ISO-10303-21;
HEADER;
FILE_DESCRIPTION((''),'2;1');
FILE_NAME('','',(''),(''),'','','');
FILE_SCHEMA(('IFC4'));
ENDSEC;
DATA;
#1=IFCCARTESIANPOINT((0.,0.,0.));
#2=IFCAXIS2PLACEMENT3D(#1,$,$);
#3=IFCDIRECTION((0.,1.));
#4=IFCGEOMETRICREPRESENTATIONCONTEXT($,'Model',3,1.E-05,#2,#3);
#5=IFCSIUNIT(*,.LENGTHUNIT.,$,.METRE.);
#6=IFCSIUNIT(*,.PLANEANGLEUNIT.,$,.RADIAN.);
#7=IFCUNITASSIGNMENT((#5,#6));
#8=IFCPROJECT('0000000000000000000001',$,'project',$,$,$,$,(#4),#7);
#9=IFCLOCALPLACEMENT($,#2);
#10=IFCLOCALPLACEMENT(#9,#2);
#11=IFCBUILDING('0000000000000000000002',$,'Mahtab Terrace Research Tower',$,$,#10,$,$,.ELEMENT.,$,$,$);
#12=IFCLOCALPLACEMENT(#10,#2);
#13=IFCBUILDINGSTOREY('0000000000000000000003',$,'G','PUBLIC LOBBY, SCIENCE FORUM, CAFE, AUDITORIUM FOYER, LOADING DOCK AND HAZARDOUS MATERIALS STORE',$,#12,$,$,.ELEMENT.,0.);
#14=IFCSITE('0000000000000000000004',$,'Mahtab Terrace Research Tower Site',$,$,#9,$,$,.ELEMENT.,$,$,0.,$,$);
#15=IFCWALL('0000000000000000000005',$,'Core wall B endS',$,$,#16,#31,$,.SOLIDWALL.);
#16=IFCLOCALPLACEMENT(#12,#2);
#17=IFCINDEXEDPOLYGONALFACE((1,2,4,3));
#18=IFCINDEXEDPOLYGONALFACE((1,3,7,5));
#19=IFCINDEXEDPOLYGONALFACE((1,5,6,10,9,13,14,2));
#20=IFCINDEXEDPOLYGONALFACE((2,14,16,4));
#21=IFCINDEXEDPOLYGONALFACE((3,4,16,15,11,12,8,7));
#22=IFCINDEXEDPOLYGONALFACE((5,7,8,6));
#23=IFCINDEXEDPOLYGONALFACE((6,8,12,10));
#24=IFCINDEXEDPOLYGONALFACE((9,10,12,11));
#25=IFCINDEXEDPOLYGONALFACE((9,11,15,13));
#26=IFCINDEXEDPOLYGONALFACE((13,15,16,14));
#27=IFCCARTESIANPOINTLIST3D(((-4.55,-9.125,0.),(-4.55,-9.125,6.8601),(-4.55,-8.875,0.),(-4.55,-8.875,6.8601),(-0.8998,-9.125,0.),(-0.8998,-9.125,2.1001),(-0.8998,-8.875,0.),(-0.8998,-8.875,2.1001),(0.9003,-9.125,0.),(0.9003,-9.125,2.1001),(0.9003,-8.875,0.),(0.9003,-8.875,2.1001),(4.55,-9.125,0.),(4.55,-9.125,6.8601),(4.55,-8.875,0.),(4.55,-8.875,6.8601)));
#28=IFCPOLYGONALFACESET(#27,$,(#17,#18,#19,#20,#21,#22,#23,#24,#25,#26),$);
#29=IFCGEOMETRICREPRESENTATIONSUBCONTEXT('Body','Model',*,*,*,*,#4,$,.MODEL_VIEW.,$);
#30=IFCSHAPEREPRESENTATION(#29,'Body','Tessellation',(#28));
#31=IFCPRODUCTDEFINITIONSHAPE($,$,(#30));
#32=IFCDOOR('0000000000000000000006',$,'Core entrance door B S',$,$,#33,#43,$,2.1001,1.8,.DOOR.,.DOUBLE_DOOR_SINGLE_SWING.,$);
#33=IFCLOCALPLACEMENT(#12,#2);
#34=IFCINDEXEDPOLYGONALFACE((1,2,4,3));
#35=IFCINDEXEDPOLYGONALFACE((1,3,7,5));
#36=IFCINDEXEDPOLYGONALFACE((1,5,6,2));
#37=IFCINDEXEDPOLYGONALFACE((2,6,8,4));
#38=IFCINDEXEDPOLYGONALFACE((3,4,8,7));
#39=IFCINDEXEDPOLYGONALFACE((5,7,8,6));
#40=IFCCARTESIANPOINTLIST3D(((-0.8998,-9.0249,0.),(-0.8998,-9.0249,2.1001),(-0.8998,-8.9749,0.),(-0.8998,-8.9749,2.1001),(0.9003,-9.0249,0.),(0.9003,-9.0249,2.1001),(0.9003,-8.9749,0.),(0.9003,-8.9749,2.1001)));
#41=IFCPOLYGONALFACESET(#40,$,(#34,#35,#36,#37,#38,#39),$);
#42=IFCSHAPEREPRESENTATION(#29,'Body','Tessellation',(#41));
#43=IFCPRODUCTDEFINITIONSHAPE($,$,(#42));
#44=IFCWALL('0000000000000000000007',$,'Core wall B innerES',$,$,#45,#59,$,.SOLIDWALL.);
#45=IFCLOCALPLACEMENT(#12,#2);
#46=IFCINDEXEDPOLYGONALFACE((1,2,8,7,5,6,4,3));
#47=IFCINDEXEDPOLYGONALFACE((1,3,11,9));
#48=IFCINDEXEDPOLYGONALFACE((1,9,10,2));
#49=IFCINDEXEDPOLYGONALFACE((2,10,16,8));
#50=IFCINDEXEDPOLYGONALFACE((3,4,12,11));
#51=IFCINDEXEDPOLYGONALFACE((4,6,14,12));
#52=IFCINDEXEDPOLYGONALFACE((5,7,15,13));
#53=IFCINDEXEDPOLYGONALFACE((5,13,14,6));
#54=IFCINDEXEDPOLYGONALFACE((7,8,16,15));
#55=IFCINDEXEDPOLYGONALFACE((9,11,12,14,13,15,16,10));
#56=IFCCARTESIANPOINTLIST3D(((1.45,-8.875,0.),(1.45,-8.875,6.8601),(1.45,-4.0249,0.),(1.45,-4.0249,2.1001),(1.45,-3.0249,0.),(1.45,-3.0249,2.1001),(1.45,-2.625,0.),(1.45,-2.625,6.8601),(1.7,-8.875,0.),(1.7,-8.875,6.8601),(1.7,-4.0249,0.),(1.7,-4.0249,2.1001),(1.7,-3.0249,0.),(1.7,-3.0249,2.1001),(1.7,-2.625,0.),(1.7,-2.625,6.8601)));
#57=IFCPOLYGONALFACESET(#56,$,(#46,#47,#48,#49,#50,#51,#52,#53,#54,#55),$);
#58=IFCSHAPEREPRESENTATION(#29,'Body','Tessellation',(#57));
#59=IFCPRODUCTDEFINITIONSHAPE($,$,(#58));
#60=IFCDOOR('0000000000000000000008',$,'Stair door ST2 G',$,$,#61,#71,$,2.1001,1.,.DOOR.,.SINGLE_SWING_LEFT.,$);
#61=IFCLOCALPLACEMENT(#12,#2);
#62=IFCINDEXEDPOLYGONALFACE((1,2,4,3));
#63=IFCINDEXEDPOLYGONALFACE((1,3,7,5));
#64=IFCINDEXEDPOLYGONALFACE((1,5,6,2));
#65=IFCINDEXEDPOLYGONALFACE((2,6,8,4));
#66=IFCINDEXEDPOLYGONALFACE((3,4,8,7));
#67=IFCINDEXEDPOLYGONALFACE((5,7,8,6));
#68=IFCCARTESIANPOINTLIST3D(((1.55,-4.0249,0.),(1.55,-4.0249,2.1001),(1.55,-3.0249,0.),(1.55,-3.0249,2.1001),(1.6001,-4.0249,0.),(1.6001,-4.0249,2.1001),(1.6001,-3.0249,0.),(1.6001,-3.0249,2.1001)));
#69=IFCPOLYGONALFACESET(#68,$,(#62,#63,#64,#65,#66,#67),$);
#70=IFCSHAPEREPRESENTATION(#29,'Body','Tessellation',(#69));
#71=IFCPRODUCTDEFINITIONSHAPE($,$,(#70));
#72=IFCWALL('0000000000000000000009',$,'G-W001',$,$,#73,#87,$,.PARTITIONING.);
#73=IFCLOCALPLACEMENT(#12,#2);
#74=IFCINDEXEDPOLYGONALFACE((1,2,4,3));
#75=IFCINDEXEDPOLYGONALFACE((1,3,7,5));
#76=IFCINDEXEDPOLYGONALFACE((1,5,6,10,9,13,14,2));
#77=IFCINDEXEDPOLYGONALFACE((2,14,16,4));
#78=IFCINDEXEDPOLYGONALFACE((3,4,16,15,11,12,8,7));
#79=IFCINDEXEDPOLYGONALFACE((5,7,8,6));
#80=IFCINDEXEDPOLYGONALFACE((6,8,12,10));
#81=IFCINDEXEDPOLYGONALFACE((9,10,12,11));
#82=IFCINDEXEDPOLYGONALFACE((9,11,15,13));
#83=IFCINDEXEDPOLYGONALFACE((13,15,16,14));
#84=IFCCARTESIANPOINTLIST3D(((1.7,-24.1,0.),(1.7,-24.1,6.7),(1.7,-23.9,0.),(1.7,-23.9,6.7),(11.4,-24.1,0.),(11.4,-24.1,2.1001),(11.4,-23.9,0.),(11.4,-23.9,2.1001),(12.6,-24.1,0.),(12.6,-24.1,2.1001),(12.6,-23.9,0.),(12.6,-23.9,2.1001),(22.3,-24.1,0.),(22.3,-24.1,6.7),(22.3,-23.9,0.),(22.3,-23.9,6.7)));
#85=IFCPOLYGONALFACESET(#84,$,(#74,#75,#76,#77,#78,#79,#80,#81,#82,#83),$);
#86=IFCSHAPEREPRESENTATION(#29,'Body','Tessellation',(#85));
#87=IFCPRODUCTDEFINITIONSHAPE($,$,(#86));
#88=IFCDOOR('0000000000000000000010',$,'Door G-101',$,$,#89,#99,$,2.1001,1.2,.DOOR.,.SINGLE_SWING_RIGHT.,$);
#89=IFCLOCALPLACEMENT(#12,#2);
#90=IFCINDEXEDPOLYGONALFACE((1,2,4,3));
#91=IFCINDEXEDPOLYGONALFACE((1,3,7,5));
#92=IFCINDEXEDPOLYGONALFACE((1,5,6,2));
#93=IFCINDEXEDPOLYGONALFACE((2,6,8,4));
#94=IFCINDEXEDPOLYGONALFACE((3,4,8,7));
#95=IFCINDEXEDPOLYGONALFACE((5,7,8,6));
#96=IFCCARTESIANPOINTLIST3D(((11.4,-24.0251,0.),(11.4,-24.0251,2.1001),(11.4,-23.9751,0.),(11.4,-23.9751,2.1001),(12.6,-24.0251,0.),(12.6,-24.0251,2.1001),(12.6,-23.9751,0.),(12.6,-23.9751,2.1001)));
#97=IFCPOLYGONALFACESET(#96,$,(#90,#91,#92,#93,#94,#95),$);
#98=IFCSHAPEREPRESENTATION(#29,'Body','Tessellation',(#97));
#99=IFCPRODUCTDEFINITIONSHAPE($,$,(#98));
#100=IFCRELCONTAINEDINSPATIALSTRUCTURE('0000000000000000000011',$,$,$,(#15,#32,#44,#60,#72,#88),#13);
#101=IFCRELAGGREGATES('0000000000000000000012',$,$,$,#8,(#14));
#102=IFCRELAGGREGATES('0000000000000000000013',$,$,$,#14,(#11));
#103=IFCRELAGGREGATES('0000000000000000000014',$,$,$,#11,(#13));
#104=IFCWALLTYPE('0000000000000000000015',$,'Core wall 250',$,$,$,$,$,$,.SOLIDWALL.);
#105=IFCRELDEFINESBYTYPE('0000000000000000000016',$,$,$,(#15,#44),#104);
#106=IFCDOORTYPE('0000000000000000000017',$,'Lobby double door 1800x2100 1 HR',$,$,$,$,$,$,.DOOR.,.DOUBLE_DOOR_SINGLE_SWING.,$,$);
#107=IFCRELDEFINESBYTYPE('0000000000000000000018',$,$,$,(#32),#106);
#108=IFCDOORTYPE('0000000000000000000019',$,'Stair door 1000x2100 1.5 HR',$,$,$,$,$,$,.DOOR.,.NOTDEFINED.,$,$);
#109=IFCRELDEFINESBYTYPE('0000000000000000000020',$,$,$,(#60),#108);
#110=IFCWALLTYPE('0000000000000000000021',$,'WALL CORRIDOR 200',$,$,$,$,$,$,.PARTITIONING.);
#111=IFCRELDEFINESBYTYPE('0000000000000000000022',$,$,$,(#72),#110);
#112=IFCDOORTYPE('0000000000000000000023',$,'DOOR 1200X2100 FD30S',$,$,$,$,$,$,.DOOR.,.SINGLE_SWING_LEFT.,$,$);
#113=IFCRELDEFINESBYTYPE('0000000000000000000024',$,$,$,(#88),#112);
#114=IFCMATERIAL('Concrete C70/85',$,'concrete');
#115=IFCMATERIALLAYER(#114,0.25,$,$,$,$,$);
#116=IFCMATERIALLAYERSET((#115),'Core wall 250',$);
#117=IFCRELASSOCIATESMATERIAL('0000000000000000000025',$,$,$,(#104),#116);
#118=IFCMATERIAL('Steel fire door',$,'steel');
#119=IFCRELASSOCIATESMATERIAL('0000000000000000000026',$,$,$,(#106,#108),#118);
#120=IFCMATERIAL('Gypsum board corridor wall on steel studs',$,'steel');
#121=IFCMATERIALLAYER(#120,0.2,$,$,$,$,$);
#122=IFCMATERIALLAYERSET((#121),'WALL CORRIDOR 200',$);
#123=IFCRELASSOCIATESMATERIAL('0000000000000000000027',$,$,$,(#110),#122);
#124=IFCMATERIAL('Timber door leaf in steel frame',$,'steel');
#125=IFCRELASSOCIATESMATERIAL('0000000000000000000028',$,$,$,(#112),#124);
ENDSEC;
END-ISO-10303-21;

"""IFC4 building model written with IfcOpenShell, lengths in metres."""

from ifc_helpers import new_model, si_unit, direction, frame, frame_2d, origin, place, context, subcontext, project, spatial, rectangle, extrude, material, layer, layer_set, type_object, element, fill, save


model = new_model("IFC4")

# Units and contexts
model_context = context("Model", 3, precision=1e-05, world=origin(), true_north=direction((0.0, 1.0)))
body_context = subcontext(model_context, "Body", "Model", "MODEL_VIEW")
ifc_project = project(units=[si_unit("LENGTHUNIT", "METRE"), si_unit("PLANEANGLEUNIT", "RADIAN")], contexts=[model_context])

# Site, building, storey
site_placement = place(None, origin())
site = spatial("IfcSite", under=ifc_project, at=site_placement, Name="Mahtab Terrace Research Tower Site", CompositionType="ELEMENT", RefElevation=0.0)
building_placement = place(site_placement, origin())
building = spatial("IfcBuilding", under=site, at=building_placement, Name="Mahtab Terrace Research Tower", CompositionType="ELEMENT")
storey_placement = place(building_placement, origin())
storey = spatial("IfcBuildingStorey", under=building, at=storey_placement, Name="G", Description="PUBLIC LOBBY, SCIENCE FORUM, CAFE, AUDITORIUM FOYER, LOADING DOCK AND HAZARDOUS MATERIALS STORE", CompositionType="ELEMENT", Elevation=0.0)

# Shared definitions
ifc_material_1 = material(Name="Concrete C70/85", Category="concrete")

# Shared definitions
ifc_layer_1 = layer(ifc_material_1, 0.25)
ifc_layer_set_1 = layer_set([ifc_layer_1], Name="Core wall 250")
wall_type_1 = type_object("IfcWallType", Name="Core wall 250", PredefinedType="SOLIDWALL", material=ifc_layer_set_1)

# Walls, openings, doors
wall_1_placement = place(storey_placement, frame((4.55, -9.0, 0.0), z_axis=(0.0, 0.0, 1.0), x_axis=(-1.0, 0.0, 0.0)))
wall_1 = element("IfcWall", 1, at=wall_1_placement, inside=storey, type_object=wall_type_1, Name="Core wall B endS", PredefinedType="SOLIDWALL", context=body_context, shape_type="SweptSolid", body=[
    extrude(rectangle(XDim=9.1001, YDim=0.25, at=frame_2d((4.55, 0.0))), origin(), (0.0, 0.0, 1.0), 6.8601),
])
opening_1_placement = place(wall_1_placement, frame((3.6499, 0.0, 0.0)))
opening_1 = element("IfcOpeningElement", 2, at=opening_1_placement, cuts=wall_1, PredefinedType="OPENING", context=body_context, shape_type="SweptSolid", body=[
    extrude(rectangle(XDim=1.8, YDim=2.1001, at=frame_2d((0.8999, 1.05))), frame((0.0, 0.135, 0.0), z_axis=(0.0, -1.0, 0.0), x_axis=(1.0, 0.0, 0.0)), (0.0, 0.0, 1.0), 0.27),
])
ifc_material_2 = material(Name="Steel fire door", Category="steel")
door_type_1 = type_object("IfcDoorType", Name="Lobby double door 1800x2100 1 HR", OperationType="DOUBLE_DOOR_SINGLE_SWING", PredefinedType="DOOR", material=ifc_material_2)
door_1_placement = place(opening_1_placement, origin())
door_1 = element("IfcDoor", 3, at=door_1_placement, inside=storey, type_object=door_type_1, Name="Core entrance door B S", OperationType="DOUBLE_DOOR_SINGLE_SWING", OverallHeight=2.1001, OverallWidth=1.8, PredefinedType="DOOR", context=body_context, shape_type="SweptSolid", body=[
    extrude(rectangle(XDim=1.8, YDim=2.1001, at=frame_2d((0.8999, 1.05))), frame((0.0, 0.0249, 0.0), z_axis=(0.0, -1.0, 0.0), x_axis=(1.0, 0.0, 0.0)), (0.0, 0.0, 1.0), 0.05),
])
fill(opening_1, door_1)
wall_2_placement = place(storey_placement, frame((1.575, -8.875, 0.0), z_axis=(0.0, 0.0, 1.0), x_axis=(0.0, 1.0, 0.0)))
wall_2 = element("IfcWall", 4, at=wall_2_placement, inside=storey, type_object=wall_type_1, Name="Core wall B innerES", PredefinedType="SOLIDWALL", context=body_context, shape_type="SweptSolid", body=[
    extrude(rectangle(XDim=6.25, YDim=0.25, at=frame_2d((3.125, 0.0))), origin(), (0.0, 0.0, 1.0), 6.8601),
])
opening_2_placement = place(wall_2_placement, frame((4.8501, 0.0, 0.0)))
opening_2 = element("IfcOpeningElement", 5, at=opening_2_placement, cuts=wall_2, PredefinedType="OPENING", context=body_context, shape_type="SweptSolid", body=[
    extrude(rectangle(XDim=1.0, YDim=2.1001, at=frame_2d((0.5, 1.05))), frame((0.0, 0.135, 0.0), z_axis=(0.0, -1.0, 0.0), x_axis=(1.0, 0.0, 0.0)), (0.0, 0.0, 1.0), 0.27),
])
door_type_2 = type_object("IfcDoorType", Name="Stair door 1000x2100 1.5 HR", OperationType="NOTDEFINED", PredefinedType="DOOR", material=ifc_material_2)
door_2_placement = place(opening_2_placement, origin())
door_2 = element("IfcDoor", 6, at=door_2_placement, inside=storey, type_object=door_type_2, Name="Stair door ST2 G", OperationType="SINGLE_SWING_LEFT", OverallHeight=2.1001, OverallWidth=1.0, PredefinedType="DOOR", context=body_context, shape_type="SweptSolid", body=[
    extrude(rectangle(XDim=1.0, YDim=2.1001, at=frame_2d((0.5, 1.05))), frame((0.0, 0.0249, 0.0), z_axis=(0.0, -1.0, 0.0), x_axis=(1.0, 0.0, 0.0)), (0.0, 0.0, 1.0), 0.05),
])
fill(opening_2, door_2)
ifc_material_3 = material(Name="Gypsum board corridor wall on steel studs", Category="steel")
ifc_layer_2 = layer(ifc_material_3, 0.2)
ifc_layer_set_2 = layer_set([ifc_layer_2], Name="WALL CORRIDOR 200")
wall_type_2 = type_object("IfcWallType", Name="WALL CORRIDOR 200", PredefinedType="PARTITIONING", material=ifc_layer_set_2)
wall_3_placement = place(storey_placement, frame((1.7, -24.0, 0.0), z_axis=(0.0, 0.0, 1.0), x_axis=(1.0, 0.0, 0.0)))
wall_3 = element("IfcWall", 7, at=wall_3_placement, inside=storey, type_object=wall_type_2, Name="G-W001", PredefinedType="PARTITIONING", context=body_context, shape_type="SweptSolid", body=[
    extrude(rectangle(XDim=20.6001, YDim=0.2, at=frame_2d((10.3, 0.0))), origin(), (0.0, 0.0, 1.0), 6.7),
])
opening_3_placement = place(wall_3_placement, frame((9.7, 0.0, 0.0)))
opening_3 = element("IfcOpeningElement", 8, at=opening_3_placement, cuts=wall_3, PredefinedType="OPENING", context=body_context, shape_type="SweptSolid", body=[
    extrude(rectangle(XDim=1.2, YDim=2.1001, at=frame_2d((0.6001, 1.05))), frame((0.0, 0.1099, 0.0), z_axis=(0.0, -1.0, 0.0), x_axis=(1.0, 0.0, 0.0)), (0.0, 0.0, 1.0), 0.22),
])
ifc_material_4 = material(Name="Timber door leaf in steel frame", Category="steel")
door_type_3 = type_object("IfcDoorType", Name="DOOR 1200X2100 FD30S", OperationType="SINGLE_SWING_LEFT", PredefinedType="DOOR", material=ifc_material_4)
door_3_placement = place(opening_3_placement, origin())
door_3 = element("IfcDoor", 9, at=door_3_placement, inside=storey, type_object=door_type_3, Name="Door G-101", OperationType="SINGLE_SWING_RIGHT", OverallHeight=2.1001, OverallWidth=1.2, PredefinedType="DOOR", context=body_context, shape_type="SweptSolid", body=[
    extrude(rectangle(XDim=1.2, YDim=2.1001, at=frame_2d((0.6001, 1.05))), frame((0.0, 0.0249, 0.0), z_axis=(0.0, -1.0, 0.0), x_axis=(1.0, 0.0, 0.0)), (0.0, 0.0, 1.0), 0.05),
])
fill(opening_3, door_3)

save(model, "model.ifc")
